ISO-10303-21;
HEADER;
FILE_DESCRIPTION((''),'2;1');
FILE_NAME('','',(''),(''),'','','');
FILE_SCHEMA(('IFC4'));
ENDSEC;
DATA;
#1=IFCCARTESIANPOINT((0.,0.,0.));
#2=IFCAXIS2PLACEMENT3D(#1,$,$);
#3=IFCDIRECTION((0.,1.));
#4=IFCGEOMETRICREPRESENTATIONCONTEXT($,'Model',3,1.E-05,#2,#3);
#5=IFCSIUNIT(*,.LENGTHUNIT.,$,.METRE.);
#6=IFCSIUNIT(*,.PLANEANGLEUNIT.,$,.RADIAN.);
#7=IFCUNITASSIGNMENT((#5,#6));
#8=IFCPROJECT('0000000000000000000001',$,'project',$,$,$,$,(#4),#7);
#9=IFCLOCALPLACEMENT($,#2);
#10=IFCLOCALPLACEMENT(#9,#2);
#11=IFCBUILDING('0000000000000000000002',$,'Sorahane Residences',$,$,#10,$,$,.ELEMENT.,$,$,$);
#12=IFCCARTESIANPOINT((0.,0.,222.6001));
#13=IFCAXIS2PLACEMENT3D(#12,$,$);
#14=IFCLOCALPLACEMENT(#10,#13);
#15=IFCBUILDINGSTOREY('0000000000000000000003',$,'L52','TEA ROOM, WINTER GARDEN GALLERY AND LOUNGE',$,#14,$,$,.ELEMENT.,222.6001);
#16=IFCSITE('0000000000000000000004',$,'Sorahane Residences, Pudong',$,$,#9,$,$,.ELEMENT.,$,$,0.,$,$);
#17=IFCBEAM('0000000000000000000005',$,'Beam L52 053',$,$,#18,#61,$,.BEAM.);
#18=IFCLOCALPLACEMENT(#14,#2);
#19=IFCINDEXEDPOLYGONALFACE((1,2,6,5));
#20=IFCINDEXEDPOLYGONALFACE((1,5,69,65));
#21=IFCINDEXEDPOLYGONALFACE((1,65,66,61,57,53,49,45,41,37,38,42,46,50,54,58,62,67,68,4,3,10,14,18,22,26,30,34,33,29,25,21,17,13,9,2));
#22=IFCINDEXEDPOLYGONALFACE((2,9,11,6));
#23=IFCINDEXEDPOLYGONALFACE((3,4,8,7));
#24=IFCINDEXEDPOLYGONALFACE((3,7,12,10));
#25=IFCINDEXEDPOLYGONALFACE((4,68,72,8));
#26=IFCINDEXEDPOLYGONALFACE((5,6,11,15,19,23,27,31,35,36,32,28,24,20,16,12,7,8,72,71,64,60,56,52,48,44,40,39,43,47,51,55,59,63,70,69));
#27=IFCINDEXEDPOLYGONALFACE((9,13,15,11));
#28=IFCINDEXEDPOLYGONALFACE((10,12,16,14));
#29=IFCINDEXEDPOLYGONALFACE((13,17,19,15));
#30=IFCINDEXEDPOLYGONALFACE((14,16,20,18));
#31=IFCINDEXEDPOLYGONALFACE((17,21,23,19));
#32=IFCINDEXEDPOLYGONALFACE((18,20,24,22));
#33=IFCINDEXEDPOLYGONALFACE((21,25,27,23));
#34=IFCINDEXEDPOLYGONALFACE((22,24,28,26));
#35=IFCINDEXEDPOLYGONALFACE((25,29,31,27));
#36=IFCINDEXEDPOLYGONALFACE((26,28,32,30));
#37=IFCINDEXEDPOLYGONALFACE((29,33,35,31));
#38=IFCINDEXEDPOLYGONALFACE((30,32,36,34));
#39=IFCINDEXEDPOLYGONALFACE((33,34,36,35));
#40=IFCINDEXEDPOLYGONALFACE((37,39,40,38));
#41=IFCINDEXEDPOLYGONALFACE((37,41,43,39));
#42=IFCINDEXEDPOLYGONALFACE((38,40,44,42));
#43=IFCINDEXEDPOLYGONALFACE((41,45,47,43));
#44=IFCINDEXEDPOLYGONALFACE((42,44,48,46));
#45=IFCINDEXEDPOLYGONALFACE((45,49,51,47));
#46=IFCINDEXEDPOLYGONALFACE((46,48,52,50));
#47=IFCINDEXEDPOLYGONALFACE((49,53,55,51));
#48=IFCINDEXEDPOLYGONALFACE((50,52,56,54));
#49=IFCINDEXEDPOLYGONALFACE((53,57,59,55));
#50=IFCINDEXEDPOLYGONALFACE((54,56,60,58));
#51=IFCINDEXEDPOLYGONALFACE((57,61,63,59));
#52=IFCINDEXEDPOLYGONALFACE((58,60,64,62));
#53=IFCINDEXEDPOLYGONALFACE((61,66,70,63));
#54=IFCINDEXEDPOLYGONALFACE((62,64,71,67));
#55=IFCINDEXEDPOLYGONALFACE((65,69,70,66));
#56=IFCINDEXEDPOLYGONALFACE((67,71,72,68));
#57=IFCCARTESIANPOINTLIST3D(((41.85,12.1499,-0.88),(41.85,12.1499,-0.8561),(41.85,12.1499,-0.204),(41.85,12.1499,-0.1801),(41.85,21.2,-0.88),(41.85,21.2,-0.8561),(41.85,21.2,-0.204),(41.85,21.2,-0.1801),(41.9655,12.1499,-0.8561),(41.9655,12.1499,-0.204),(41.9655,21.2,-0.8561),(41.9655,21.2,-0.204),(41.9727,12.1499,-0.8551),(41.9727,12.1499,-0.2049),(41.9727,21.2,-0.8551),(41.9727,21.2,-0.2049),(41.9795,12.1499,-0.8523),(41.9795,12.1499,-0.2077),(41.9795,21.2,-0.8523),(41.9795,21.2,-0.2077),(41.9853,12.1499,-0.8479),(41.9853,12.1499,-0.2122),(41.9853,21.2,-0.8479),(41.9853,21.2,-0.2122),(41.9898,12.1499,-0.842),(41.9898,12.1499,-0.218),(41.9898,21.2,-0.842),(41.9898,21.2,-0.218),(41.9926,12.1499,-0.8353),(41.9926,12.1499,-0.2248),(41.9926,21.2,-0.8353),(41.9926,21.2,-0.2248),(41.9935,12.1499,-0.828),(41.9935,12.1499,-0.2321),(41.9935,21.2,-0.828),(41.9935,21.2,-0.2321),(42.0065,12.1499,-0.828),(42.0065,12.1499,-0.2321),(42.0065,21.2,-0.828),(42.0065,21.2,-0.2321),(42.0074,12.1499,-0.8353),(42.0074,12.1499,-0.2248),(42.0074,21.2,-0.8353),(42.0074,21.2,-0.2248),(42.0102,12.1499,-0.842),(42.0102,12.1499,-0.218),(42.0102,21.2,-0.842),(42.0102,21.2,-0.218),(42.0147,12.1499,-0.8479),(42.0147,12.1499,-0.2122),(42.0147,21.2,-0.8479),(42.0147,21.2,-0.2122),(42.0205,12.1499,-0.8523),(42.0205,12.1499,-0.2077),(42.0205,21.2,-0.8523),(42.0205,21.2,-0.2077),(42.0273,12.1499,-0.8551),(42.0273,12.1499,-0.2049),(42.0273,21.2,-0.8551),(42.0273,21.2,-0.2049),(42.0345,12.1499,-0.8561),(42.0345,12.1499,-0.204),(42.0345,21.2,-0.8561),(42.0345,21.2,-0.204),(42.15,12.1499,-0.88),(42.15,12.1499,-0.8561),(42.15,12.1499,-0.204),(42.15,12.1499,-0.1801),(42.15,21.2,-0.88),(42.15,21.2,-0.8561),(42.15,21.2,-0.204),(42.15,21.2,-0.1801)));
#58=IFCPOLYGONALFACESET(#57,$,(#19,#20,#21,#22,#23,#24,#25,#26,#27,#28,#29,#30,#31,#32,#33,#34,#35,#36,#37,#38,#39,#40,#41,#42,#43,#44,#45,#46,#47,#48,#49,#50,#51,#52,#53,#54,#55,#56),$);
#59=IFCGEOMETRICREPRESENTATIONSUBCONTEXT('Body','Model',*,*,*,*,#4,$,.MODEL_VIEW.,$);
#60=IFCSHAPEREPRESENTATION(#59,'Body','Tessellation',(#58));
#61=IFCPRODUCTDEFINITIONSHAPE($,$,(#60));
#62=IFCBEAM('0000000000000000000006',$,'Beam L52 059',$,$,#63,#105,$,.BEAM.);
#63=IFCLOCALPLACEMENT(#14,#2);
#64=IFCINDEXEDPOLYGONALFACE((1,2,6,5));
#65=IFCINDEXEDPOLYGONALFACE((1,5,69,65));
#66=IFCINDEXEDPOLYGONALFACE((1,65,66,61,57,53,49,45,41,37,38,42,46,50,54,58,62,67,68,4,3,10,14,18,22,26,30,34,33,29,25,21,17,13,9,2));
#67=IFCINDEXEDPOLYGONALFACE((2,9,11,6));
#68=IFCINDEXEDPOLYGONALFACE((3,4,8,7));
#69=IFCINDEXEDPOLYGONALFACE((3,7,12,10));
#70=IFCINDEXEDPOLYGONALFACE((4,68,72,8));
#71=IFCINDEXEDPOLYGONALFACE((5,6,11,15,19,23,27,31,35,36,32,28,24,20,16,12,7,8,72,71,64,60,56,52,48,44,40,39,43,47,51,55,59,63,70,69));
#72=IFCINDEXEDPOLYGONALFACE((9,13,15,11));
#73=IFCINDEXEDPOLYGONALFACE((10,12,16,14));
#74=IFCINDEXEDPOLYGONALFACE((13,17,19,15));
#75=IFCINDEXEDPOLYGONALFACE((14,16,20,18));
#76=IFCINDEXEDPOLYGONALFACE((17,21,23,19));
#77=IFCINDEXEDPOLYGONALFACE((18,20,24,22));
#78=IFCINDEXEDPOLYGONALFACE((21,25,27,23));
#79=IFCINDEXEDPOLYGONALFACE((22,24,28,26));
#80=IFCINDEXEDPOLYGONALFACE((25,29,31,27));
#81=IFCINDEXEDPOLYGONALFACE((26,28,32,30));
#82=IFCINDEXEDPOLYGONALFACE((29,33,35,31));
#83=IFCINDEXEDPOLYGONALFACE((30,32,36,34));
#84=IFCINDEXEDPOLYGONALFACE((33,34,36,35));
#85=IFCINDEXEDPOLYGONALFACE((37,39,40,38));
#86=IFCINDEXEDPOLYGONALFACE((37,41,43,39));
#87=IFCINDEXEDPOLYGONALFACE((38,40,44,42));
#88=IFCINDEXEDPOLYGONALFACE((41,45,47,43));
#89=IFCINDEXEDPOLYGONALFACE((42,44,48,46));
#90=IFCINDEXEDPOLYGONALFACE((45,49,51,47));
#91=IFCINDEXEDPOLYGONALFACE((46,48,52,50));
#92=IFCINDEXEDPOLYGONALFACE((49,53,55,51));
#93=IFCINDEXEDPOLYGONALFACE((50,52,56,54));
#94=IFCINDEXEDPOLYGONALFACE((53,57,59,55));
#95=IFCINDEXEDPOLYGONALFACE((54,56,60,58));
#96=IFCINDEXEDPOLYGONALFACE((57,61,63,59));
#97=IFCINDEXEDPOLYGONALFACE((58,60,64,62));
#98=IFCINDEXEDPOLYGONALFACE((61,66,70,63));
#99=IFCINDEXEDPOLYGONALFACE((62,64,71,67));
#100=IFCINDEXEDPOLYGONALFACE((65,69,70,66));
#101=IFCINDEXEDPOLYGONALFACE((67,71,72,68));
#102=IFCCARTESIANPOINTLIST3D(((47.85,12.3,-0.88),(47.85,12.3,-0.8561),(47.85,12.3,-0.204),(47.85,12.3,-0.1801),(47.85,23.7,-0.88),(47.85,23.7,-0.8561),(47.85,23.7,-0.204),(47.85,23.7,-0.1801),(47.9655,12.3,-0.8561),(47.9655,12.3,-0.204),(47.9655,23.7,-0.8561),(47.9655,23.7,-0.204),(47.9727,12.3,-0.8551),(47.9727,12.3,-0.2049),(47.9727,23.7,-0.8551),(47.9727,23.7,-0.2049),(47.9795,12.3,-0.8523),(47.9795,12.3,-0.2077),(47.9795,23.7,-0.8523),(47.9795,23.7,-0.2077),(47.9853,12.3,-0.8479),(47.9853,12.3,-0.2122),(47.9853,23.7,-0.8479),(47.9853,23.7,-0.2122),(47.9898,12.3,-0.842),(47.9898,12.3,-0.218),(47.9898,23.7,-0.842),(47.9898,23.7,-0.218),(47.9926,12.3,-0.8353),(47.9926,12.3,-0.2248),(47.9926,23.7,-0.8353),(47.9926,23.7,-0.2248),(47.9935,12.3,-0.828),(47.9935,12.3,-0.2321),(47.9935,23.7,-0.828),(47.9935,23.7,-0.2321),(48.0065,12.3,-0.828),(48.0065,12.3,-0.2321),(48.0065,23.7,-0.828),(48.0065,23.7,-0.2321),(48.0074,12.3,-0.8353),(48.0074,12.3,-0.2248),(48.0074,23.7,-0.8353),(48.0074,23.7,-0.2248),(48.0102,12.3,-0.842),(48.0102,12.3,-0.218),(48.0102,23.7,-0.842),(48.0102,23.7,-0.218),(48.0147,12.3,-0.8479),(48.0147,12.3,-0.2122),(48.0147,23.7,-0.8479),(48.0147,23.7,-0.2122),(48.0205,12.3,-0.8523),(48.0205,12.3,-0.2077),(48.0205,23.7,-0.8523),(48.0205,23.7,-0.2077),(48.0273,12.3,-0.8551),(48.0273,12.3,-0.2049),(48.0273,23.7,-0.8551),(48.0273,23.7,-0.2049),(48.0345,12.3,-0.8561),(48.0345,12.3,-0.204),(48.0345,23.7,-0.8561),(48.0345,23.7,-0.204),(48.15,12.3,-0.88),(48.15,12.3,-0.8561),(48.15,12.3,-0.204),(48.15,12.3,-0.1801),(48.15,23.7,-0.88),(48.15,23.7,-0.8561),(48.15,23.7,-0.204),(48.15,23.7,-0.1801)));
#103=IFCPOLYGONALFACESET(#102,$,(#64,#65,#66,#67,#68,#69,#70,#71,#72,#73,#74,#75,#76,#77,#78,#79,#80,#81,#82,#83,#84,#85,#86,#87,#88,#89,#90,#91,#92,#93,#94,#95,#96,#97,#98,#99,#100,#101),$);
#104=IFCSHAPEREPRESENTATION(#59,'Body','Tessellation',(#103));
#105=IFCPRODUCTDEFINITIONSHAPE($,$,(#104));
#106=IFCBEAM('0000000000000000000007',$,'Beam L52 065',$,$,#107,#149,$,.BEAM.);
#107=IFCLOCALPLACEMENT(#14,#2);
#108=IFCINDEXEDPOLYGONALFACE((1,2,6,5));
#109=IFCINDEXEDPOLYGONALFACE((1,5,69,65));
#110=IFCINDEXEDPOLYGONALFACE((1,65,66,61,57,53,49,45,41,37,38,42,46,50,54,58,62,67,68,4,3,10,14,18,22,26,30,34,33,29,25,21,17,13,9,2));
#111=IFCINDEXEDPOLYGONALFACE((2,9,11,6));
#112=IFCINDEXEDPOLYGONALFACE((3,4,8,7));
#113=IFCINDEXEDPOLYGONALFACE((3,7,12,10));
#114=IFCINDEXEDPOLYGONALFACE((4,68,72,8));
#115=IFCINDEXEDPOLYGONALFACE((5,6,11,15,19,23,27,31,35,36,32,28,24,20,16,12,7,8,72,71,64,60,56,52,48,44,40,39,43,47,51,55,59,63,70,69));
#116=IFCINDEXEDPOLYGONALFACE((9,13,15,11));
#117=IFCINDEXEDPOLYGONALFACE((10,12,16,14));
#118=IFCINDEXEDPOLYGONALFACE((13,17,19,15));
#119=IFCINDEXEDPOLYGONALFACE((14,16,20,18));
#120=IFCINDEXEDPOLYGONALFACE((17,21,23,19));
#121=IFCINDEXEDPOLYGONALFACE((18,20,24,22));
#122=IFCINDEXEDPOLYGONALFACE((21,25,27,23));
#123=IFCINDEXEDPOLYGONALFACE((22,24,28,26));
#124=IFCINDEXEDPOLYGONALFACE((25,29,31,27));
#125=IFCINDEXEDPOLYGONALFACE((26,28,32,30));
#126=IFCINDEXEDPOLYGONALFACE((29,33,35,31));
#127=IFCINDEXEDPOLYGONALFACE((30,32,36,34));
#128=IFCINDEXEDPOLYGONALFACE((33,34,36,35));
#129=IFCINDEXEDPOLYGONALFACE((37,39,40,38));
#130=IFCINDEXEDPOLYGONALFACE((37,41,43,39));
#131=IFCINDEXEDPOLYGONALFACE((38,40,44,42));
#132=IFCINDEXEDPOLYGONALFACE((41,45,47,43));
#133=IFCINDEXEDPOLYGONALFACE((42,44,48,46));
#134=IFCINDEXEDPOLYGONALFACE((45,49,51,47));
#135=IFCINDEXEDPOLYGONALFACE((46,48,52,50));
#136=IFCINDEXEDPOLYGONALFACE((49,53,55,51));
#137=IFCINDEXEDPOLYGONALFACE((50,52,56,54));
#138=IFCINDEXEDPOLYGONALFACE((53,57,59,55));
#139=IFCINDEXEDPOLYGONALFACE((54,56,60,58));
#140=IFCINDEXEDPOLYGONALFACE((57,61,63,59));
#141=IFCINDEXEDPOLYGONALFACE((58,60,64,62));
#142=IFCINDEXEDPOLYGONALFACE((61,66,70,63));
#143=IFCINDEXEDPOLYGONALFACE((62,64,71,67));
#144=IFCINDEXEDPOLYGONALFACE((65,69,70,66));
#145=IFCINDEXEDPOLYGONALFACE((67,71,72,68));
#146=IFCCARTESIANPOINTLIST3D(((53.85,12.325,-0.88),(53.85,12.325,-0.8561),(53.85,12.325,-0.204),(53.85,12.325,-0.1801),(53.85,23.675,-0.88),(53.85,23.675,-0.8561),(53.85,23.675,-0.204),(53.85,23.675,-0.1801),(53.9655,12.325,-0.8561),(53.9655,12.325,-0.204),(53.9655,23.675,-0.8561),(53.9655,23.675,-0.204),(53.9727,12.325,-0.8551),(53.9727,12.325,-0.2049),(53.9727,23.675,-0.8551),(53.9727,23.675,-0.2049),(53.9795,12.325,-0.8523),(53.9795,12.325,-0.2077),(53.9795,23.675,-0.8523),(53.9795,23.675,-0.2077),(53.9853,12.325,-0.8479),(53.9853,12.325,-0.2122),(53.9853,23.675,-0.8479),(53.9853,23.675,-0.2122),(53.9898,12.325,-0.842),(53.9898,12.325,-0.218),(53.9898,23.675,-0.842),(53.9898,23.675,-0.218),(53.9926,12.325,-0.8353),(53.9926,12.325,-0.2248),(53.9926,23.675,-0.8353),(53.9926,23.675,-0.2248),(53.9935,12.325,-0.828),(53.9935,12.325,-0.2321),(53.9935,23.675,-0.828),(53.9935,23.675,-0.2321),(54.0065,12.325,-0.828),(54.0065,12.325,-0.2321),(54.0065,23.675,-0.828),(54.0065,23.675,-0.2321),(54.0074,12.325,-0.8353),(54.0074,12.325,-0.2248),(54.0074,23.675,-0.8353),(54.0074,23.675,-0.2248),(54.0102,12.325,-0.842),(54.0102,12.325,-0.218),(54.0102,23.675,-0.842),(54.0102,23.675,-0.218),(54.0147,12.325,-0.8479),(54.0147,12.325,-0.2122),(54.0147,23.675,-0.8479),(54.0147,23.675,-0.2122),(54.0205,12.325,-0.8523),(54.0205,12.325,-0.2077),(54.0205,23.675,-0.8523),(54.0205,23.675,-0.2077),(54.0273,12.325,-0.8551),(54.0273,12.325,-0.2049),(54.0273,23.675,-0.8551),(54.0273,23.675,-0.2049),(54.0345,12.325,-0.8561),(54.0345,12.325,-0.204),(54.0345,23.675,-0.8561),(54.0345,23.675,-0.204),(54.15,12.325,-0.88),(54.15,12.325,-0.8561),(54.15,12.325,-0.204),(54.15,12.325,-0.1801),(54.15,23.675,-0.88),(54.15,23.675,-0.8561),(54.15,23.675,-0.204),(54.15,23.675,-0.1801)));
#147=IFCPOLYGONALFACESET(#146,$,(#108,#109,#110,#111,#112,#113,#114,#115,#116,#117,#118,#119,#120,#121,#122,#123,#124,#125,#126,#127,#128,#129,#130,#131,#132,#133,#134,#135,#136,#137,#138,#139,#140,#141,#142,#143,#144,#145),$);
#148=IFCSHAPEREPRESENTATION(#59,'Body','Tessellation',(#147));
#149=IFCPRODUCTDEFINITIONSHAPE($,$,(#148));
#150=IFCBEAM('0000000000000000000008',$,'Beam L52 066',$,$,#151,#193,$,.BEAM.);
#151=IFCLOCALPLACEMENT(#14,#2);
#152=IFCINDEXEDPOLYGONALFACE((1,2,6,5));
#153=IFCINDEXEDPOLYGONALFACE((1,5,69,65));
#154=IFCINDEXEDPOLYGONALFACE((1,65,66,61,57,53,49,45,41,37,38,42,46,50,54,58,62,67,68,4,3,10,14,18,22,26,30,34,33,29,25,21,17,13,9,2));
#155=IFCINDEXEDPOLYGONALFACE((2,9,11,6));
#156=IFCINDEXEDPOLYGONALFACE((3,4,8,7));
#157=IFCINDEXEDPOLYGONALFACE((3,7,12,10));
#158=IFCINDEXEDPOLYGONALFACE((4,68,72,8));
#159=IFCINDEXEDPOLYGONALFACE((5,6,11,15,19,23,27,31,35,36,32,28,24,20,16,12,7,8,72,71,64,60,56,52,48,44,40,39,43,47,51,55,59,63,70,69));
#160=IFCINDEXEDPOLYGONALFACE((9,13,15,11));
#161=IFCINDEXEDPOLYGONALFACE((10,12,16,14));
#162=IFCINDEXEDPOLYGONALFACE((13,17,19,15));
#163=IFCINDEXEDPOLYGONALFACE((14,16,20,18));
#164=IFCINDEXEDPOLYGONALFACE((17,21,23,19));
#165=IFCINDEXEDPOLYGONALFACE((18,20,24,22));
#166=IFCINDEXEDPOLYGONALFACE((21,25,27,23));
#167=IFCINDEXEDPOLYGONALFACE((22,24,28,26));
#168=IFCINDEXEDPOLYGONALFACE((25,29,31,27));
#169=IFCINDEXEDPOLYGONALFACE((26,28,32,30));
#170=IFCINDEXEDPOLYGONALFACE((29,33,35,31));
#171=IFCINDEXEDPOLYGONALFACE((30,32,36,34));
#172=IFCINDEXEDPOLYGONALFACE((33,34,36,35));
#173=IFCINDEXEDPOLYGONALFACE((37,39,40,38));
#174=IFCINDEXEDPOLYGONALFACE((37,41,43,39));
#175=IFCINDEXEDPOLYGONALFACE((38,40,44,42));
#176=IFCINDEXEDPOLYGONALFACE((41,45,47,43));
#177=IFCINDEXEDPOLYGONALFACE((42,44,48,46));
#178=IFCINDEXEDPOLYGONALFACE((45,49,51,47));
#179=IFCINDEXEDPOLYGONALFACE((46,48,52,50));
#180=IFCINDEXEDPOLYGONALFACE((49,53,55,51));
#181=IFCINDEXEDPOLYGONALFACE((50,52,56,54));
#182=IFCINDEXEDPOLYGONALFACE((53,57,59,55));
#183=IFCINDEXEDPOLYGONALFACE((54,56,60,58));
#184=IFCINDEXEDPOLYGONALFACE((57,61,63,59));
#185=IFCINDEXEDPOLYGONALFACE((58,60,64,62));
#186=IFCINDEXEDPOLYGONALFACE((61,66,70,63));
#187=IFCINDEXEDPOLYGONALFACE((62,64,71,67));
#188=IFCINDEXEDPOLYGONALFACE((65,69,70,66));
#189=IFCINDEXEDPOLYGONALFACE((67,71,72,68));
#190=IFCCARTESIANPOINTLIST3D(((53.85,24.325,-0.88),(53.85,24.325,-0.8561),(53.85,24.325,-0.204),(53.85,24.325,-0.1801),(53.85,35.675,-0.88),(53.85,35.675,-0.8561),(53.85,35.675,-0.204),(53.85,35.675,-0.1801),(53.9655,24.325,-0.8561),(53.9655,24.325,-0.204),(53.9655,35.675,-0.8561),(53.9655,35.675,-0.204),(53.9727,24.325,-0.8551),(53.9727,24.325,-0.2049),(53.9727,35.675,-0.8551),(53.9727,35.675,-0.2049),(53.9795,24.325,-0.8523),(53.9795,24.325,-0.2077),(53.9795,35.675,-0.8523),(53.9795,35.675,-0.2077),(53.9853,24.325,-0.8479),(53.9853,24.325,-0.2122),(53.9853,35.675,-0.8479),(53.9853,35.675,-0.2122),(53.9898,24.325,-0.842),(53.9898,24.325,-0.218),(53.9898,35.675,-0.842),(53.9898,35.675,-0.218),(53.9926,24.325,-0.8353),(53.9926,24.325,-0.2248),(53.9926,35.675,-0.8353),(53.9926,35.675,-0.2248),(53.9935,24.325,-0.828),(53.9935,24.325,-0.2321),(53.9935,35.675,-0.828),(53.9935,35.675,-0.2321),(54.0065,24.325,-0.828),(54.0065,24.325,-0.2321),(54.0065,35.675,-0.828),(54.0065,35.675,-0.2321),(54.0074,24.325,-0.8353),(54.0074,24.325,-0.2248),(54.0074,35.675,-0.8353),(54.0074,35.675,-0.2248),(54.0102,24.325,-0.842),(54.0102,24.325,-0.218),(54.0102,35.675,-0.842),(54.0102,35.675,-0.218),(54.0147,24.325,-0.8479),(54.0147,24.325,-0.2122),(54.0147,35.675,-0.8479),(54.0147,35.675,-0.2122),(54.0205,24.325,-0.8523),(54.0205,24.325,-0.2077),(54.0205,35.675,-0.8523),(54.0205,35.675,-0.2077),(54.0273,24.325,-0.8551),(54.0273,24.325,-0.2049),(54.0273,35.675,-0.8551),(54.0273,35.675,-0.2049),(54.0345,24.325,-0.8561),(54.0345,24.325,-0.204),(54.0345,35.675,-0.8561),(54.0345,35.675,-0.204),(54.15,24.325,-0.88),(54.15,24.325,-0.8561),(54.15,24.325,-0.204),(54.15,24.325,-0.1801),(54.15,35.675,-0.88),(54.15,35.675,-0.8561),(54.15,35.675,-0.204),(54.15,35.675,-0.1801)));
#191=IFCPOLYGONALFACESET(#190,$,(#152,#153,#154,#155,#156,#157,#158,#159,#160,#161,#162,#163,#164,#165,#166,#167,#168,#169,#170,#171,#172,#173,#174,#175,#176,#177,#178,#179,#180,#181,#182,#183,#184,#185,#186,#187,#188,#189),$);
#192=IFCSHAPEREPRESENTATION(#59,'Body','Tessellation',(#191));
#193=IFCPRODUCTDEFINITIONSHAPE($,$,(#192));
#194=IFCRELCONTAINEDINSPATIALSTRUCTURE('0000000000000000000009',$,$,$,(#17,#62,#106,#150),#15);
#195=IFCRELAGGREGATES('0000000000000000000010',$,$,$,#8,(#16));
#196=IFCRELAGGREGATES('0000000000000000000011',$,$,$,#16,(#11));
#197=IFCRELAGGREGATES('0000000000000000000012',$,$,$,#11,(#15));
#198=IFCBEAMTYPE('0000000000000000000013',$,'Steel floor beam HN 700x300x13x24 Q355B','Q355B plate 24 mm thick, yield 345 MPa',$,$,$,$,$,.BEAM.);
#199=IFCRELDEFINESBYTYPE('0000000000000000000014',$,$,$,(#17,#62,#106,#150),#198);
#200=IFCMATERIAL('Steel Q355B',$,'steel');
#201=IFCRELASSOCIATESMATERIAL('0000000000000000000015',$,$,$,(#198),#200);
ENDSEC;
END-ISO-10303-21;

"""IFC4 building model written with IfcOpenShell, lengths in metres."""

from ifc_helpers import new_model, si_unit, direction, frame, origin, origin_2d, place, context, subcontext, project, spatial, i_section, extrude, material, material_profile, profile_set, type_object, element, save


model = new_model("IFC4")

# Units and contexts
model_context = context("Model", 3, precision=1e-05, world=origin(), true_north=direction((0.0, 1.0)))
body_context = subcontext(model_context, "Body", "Model", "MODEL_VIEW")
ifc_project = project(units=[si_unit("LENGTHUNIT", "METRE"), si_unit("PLANEANGLEUNIT", "RADIAN")], contexts=[model_context])

# Site, building, storey
site_placement = place(None, origin())
site = spatial("IfcSite", under=ifc_project, at=site_placement, Name="Sorahane Residences, Pudong", CompositionType="ELEMENT", RefElevation=0.0)
building_placement = place(site_placement, origin())
building = spatial("IfcBuilding", under=site, at=building_placement, Name="Sorahane Residences", CompositionType="ELEMENT")
storey_placement = place(building_placement, frame((0.0, 0.0, 222.6001)))
storey = spatial("IfcBuildingStorey", under=building, at=storey_placement, Name="L52", Description="TEA ROOM, WINTER GARDEN GALLERY AND LOUNGE", CompositionType="ELEMENT", Elevation=222.6001)

# Beams
ifc_material_1 = material(Name="Steel Q355B", Category="steel")
ifc_material_profile_1 = material_profile(ifc_material_1, i_section(OverallWidth=0.3, OverallDepth=0.7, WebThickness=0.0129, FlangeThickness=0.0239, FilletRadius=0.0281, at=origin_2d()), Name="HN 700x300x13x24")
ifc_profile_set_1 = profile_set([ifc_material_profile_1], Name="Steel Q355B")
beam_type_1 = type_object("IfcBeamType", Name="Steel floor beam HN 700x300x13x24 Q355B", Description="Q355B plate 24 mm thick, yield 345 MPa", PredefinedType="BEAM", material=ifc_profile_set_1)
beam_1_placement = place(storey_placement, frame((42.0, 12.1499, -0.53), z_axis=(0.0, 1.0, 0.0), x_axis=(-1.0, 0.0, 0.0)))
element("IfcBeam", 1, at=beam_1_placement, inside=storey, type_object=beam_type_1, Name="Beam L52 053", PredefinedType="BEAM", context=body_context, shape_type="SweptSolid", body=[
    extrude(i_section(OverallWidth=0.3, OverallDepth=0.7, WebThickness=0.0129, FlangeThickness=0.0239, FilletRadius=0.0281, at=origin_2d()), origin(), (0.0, 0.0, 1.0), 9.05),
])
beam_2_placement = place(storey_placement, frame((48.0, 12.3, -0.53), z_axis=(0.0, 1.0, 0.0), x_axis=(-1.0, 0.0, 0.0)))
element("IfcBeam", 2, at=beam_2_placement, inside=storey, type_object=beam_type_1, Name="Beam L52 059", PredefinedType="BEAM", context=body_context, shape_type="SweptSolid", body=[
    extrude(i_section(OverallWidth=0.3, OverallDepth=0.7, WebThickness=0.0129, FlangeThickness=0.0239, FilletRadius=0.0281, at=origin_2d()), origin(), (0.0, 0.0, 1.0), 11.3999),
])
for number, where, z_axis, x_axis, name in (
    (3, (54.0, 12.325, -0.53), (0.0, 1.0, 0.0), (-1.0, 0.0, 0.0), "Beam L52 065"),
    (4, (54.0, 24.325, -0.53), (0.0, 1.0, 0.0), (-1.0, 0.0, 0.0), "Beam L52 066"),
):
    element("IfcBeam", number, at=place(storey_placement, frame(where, z_axis=z_axis, x_axis=x_axis)), inside=storey, type_object=beam_type_1, Name=name, PredefinedType="BEAM", context=body_context, shape_type="SweptSolid", body=[
        extrude(i_section(OverallWidth=0.3, OverallDepth=0.7, WebThickness=0.0129, FlangeThickness=0.0239, FilletRadius=0.0281, at=origin_2d()), origin(), (0.0, 0.0, 1.0), 11.3501),
    ])

save(model, "model.ifc")
